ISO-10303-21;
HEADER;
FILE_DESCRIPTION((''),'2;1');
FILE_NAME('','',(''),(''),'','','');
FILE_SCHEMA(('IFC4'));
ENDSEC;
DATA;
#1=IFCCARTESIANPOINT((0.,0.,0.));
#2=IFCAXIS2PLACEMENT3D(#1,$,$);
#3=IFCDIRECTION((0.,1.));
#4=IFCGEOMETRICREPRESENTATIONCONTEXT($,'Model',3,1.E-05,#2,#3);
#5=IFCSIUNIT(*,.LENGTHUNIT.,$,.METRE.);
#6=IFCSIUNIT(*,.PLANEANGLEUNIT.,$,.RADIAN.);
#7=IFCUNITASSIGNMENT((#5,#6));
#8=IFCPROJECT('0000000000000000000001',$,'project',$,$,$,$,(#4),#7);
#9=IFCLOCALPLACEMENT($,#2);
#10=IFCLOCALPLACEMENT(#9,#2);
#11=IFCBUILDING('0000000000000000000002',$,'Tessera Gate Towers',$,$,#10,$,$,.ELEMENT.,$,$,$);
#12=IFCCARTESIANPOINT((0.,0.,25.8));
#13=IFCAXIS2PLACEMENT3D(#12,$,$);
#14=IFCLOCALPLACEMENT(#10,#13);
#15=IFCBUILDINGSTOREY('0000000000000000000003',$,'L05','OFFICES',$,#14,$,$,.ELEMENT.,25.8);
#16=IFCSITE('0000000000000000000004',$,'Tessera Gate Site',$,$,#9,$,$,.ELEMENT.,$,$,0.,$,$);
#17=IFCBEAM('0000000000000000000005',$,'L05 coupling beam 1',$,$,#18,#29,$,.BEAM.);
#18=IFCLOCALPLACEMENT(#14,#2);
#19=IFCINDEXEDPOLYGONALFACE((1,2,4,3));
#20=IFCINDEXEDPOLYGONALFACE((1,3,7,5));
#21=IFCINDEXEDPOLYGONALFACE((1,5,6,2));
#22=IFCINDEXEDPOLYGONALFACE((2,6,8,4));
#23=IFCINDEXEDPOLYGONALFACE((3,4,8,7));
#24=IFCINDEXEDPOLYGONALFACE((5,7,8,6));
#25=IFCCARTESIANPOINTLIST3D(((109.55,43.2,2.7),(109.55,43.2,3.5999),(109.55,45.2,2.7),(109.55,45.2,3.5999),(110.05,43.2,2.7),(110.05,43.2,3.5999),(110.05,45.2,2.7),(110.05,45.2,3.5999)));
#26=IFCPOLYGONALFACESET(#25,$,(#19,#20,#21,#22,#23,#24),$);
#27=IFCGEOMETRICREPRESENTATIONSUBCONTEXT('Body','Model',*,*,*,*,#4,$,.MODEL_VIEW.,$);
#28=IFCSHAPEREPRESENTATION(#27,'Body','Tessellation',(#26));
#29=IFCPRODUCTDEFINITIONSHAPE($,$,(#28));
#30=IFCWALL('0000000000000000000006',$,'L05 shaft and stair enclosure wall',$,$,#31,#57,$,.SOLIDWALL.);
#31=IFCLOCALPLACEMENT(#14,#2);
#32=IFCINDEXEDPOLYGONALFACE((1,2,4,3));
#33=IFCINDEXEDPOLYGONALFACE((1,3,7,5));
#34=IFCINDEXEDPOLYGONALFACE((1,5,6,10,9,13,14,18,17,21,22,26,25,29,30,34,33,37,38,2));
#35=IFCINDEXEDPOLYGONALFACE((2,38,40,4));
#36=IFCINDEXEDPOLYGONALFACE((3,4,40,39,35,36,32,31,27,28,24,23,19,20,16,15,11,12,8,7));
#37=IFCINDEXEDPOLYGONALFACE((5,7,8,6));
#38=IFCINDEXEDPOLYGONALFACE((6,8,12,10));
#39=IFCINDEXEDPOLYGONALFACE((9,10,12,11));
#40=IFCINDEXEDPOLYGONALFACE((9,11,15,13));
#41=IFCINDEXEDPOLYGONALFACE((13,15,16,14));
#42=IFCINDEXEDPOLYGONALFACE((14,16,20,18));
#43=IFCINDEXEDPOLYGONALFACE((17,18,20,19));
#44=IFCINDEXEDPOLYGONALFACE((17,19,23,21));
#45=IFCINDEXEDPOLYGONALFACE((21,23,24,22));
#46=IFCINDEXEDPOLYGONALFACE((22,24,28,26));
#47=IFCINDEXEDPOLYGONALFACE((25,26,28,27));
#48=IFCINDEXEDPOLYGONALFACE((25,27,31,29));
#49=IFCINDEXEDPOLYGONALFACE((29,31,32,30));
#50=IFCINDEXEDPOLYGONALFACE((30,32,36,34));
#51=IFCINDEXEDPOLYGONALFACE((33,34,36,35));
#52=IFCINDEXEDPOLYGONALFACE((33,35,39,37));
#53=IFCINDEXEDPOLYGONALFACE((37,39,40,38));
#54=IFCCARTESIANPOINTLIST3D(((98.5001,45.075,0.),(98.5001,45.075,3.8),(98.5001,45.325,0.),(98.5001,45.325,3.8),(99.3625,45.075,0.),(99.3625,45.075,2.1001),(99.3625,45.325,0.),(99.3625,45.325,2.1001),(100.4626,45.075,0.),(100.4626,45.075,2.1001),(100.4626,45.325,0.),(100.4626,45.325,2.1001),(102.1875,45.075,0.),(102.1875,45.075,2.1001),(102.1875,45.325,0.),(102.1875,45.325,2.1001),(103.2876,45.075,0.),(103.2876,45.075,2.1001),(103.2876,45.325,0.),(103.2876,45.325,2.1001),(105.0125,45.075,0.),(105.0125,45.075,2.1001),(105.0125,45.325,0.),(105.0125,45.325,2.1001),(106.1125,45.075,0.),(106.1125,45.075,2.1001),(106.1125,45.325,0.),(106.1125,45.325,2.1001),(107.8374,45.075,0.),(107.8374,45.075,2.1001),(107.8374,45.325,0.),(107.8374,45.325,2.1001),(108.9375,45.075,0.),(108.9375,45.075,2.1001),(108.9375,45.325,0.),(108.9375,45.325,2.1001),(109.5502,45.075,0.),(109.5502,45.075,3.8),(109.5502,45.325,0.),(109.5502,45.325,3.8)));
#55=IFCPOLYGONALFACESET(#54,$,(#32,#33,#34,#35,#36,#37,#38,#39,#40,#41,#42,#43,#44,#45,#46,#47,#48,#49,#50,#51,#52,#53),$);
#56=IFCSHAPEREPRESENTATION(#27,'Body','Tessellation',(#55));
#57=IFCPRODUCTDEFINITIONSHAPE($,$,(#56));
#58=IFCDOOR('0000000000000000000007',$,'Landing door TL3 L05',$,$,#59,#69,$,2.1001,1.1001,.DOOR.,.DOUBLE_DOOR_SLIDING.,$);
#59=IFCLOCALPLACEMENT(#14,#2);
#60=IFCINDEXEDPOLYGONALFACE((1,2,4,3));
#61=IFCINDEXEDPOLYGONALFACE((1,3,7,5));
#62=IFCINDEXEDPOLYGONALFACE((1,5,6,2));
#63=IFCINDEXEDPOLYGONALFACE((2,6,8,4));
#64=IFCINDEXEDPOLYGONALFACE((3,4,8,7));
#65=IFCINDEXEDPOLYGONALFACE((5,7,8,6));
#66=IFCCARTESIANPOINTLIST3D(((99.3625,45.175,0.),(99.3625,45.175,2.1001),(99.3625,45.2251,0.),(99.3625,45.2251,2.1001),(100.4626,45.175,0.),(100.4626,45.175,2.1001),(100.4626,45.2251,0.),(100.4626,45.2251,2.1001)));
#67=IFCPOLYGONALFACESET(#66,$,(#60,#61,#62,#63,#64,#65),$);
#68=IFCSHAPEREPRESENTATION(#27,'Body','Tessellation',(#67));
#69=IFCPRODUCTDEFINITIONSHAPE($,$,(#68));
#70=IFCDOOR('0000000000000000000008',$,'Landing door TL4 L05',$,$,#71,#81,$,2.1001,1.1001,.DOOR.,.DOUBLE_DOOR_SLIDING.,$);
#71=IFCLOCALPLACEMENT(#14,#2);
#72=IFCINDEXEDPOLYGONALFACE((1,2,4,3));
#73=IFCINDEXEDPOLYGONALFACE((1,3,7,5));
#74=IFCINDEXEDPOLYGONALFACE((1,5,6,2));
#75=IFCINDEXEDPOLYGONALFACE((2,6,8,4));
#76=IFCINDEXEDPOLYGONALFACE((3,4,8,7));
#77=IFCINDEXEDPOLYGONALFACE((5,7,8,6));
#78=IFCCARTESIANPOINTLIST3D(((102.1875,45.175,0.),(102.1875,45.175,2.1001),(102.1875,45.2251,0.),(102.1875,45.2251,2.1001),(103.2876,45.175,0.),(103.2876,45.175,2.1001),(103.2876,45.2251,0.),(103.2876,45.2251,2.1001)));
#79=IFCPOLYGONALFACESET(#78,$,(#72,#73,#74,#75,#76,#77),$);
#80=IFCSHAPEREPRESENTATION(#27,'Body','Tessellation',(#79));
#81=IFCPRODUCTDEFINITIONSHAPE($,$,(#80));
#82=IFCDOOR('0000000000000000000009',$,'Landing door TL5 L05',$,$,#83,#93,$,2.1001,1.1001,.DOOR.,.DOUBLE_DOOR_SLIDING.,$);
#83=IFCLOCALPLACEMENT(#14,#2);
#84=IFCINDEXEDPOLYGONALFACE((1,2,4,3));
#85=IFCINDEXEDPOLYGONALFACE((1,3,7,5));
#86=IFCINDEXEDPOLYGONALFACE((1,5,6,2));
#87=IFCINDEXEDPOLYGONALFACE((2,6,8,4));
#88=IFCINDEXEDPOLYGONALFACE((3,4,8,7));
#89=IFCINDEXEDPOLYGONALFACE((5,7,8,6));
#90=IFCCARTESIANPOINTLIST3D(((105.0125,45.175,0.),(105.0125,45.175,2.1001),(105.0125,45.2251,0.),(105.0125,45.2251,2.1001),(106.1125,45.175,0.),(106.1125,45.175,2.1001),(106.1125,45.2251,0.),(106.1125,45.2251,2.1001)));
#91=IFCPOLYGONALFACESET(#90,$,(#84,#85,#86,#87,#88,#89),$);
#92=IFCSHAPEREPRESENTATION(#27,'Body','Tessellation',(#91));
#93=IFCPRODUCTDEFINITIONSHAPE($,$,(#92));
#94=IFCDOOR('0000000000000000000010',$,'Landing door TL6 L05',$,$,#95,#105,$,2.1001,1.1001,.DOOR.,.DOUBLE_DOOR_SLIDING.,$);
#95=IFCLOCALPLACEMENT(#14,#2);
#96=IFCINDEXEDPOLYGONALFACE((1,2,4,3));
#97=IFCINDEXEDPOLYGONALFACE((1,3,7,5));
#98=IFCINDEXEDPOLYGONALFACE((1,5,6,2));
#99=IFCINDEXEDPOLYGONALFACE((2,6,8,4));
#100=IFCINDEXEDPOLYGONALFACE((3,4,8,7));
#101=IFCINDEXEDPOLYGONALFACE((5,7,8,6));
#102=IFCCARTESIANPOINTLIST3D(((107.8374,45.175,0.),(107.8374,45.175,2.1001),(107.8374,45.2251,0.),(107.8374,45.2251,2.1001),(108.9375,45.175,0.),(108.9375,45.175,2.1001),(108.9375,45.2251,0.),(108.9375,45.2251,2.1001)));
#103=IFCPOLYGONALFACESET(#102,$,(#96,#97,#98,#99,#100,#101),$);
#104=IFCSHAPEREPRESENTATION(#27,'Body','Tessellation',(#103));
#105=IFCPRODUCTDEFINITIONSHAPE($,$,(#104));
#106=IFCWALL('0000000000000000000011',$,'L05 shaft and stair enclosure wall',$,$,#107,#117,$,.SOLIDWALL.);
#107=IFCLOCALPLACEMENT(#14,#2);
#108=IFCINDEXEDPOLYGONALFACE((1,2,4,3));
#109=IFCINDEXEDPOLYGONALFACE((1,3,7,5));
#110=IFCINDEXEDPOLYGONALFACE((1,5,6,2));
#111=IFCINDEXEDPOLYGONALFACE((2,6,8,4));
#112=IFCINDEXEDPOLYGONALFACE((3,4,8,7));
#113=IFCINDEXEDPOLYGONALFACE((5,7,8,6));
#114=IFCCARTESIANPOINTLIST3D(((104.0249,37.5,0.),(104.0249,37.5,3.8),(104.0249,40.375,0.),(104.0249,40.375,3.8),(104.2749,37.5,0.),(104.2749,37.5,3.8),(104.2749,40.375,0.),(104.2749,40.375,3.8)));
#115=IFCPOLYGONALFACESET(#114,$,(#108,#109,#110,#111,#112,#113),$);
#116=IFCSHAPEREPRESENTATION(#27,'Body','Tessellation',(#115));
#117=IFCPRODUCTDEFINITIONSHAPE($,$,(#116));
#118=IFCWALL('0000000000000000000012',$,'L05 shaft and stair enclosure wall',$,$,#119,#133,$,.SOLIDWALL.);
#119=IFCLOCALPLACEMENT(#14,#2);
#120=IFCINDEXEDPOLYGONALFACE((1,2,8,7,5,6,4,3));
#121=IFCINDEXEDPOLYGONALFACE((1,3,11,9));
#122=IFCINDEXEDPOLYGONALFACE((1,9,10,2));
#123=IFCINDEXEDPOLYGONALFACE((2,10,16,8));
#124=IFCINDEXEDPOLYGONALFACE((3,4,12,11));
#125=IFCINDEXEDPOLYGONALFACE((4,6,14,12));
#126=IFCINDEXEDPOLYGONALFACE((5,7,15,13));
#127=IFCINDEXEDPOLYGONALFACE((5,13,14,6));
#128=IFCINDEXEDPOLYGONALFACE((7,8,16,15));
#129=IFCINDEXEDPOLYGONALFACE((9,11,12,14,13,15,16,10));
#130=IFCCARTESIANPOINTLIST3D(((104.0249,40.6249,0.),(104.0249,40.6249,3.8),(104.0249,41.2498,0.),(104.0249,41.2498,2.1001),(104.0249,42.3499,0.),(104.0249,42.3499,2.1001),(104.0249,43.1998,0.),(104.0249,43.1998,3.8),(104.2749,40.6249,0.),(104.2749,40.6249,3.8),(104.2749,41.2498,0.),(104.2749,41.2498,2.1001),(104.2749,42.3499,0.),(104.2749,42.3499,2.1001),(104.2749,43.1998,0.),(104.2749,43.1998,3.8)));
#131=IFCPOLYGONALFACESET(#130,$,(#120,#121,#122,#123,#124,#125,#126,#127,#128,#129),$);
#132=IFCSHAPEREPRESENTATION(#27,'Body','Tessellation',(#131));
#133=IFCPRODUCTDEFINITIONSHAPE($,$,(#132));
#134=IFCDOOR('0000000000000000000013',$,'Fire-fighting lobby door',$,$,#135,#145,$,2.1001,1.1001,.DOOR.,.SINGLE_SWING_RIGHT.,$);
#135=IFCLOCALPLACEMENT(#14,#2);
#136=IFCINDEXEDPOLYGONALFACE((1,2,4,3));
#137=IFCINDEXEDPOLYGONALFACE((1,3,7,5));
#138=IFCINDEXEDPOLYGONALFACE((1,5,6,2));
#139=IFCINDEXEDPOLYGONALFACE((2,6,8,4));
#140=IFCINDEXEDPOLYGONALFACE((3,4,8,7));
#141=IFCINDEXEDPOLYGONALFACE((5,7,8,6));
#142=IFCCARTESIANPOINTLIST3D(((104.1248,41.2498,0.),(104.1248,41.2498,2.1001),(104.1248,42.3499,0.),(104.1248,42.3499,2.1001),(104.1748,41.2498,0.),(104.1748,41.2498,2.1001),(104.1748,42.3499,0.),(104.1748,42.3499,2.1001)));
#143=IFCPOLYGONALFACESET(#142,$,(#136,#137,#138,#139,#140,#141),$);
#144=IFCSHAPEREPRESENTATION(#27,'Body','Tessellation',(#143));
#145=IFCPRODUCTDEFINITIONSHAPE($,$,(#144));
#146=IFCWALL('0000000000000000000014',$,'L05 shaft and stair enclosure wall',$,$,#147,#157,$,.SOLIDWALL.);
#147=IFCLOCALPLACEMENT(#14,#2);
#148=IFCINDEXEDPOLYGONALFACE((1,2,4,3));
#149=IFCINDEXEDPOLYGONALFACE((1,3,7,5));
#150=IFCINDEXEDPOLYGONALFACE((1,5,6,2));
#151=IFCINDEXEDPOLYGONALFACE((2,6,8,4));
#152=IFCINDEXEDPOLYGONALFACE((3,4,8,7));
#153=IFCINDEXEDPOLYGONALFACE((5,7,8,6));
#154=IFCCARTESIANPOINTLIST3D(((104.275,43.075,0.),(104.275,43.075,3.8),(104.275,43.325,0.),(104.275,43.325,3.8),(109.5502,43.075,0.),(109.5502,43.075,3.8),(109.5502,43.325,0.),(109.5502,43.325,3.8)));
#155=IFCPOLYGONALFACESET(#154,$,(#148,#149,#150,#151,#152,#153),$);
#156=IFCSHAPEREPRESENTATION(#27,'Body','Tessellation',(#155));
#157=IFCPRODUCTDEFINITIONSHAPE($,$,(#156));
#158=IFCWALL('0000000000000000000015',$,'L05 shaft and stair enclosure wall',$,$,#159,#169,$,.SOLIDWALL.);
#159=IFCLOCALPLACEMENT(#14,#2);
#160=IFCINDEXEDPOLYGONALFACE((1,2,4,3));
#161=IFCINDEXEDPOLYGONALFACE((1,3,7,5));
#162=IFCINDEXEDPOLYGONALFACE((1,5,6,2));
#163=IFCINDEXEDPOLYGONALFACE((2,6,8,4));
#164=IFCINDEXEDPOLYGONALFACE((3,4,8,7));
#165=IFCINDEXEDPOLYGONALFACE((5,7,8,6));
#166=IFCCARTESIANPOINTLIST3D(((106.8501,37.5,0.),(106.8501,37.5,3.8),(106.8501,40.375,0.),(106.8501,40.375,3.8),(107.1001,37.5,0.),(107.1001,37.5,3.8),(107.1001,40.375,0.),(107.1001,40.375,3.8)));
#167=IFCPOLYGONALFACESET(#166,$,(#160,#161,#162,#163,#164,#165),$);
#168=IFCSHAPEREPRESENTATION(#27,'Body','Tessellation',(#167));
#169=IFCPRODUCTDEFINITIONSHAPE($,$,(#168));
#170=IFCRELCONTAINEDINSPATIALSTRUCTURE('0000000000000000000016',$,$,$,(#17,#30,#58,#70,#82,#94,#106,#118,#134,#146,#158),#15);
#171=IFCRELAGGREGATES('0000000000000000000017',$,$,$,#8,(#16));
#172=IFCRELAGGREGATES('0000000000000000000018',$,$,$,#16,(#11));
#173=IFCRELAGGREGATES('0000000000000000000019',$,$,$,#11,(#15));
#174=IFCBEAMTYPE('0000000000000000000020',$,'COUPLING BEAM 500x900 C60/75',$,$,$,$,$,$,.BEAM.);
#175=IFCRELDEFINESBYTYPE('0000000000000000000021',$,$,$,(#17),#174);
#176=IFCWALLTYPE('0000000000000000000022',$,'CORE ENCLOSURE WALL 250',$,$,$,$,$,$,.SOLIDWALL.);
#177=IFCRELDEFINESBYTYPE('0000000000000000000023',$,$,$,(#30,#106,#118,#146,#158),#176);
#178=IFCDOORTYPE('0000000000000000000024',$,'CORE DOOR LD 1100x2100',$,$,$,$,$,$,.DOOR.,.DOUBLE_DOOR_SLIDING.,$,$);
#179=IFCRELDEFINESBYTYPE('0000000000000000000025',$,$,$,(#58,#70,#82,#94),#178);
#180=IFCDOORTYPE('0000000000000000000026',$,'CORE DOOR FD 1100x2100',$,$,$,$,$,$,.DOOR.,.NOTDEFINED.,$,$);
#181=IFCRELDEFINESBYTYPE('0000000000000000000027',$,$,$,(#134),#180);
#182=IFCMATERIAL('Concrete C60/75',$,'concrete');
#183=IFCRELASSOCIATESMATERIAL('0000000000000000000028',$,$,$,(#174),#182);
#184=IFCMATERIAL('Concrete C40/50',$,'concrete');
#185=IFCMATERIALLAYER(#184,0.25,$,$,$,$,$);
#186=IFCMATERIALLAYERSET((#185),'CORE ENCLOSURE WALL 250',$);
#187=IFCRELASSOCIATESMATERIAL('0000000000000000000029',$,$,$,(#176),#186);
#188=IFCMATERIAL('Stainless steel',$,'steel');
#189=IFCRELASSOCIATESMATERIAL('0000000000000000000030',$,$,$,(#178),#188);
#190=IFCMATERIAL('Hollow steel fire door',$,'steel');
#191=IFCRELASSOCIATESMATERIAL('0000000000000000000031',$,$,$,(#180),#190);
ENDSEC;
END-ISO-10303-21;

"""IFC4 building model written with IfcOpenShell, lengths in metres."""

from ifc_helpers import new_model, si_unit, direction, frame, frame_2d, origin, origin_2d, place, context, subcontext, project, spatial, rectangle, extrude, source, transform, mapped, material, layer, layer_set, material_profile, profile_set, type_object, element, fill, save


model = new_model("IFC4")

# Units and contexts
model_context = context("Model", 3, precision=1e-05, world=origin(), true_north=direction((0.0, 1.0)))
body_context = subcontext(model_context, "Body", "Model", "MODEL_VIEW")
ifc_project = project(units=[si_unit("LENGTHUNIT", "METRE"), si_unit("PLANEANGLEUNIT", "RADIAN")], contexts=[model_context])

# Site, building, storey
site_placement = place(None, origin())
site = spatial("IfcSite", under=ifc_project, at=site_placement, Name="Tessera Gate Site", CompositionType="ELEMENT", RefElevation=0.0)
building_placement = place(site_placement, origin())
building = spatial("IfcBuilding", under=site, at=building_placement, Name="Tessera Gate Towers", CompositionType="ELEMENT")
storey_placement = place(building_placement, frame((0.0, 0.0, 25.8)))
storey = spatial("IfcBuildingStorey", under=building, at=storey_placement, Name="L05", Description="OFFICES", CompositionType="ELEMENT", Elevation=25.8)

# Beam
ifc_material_1 = material(Name="Concrete C60/75", Category="concrete")
ifc_material_profile = material_profile(ifc_material_1, rectangle(XDim=0.5, YDim=0.8999, at=origin_2d()), Name="RC 500x900")
ifc_profile_set = profile_set([ifc_material_profile], Name="Concrete C60/75")
beam_type = type_object("IfcBeamType", Name="COUPLING BEAM 500x900 C60/75", PredefinedType="BEAM", material=ifc_profile_set)
beam_placement = place(storey_placement, frame((109.8, 43.2, 3.1499), z_axis=(0.0, 1.0, 0.0), x_axis=(-1.0, 0.0, 0.0)))
element("IfcBeam", 1, at=beam_placement, inside=storey, type_object=beam_type, Name="L05 coupling beam 1", PredefinedType="BEAM", context=body_context, shape_type="SweptSolid", body=[
    extrude(rectangle(XDim=0.5, YDim=0.8999, at=origin_2d()), origin(), (0.0, 0.0, 1.0), 2.0),
])

# Wall, openings, doors
ifc_material_2 = material(Name="Concrete C40/50", Category="concrete")
ifc_layer_1 = layer(ifc_material_2, 0.25)
ifc_layer_set_1 = layer_set([ifc_layer_1], Name="CORE ENCLOSURE WALL 250")
wall_type_1 = type_object("IfcWallType", Name="CORE ENCLOSURE WALL 250", PredefinedType="SOLIDWALL", material=ifc_layer_set_1)
wall_1_placement = place(storey_placement, frame((109.55, 45.2, 0.0), z_axis=(0.0, 0.0, 1.0), x_axis=(-1.0, 0.0, 0.0)))
wall_1 = element("IfcWall", 2, at=wall_1_placement, inside=storey, type_object=wall_type_1, Name="L05 shaft and stair enclosure wall", PredefinedType="SOLIDWALL", context=body_context, shape_type="SweptSolid", body=[
    extrude(rectangle(XDim=11.05, YDim=0.25, at=frame_2d((5.5249, 0.0))), origin(), (0.0, 0.0, 1.0), 3.8),
])
shared_shape_1 = source(origin(), body_context, "Body", "SweptSolid", [
    extrude(rectangle(XDim=1.1001, YDim=2.1001, at=frame_2d((0.55, 1.05))), frame((0.0, 0.135, 0.0), z_axis=(0.0, -1.0, 0.0), x_axis=(1.0, 0.0, 0.0)), (0.0, 0.0, 1.0), 0.27),
])
opening_1_placement = place(wall_1_placement, frame((9.0874, 0.0, 0.0)))
opening_1 = element("IfcOpeningElement", 3, at=opening_1_placement, cuts=wall_1, PredefinedType="OPENING", context=body_context, shape_type="MappedRepresentation", body=[
    mapped(shared_shape_1, transform((0.0, 0.0, 0.0), scale=1.0)),
])
opening_2_placement = place(wall_1_placement, frame((6.2625, 0.0, 0.0)))
opening_2 = element("IfcOpeningElement", 4, at=opening_2_placement, cuts=wall_1, PredefinedType="OPENING", context=body_context, shape_type="MappedRepresentation", body=[
    mapped(shared_shape_1, transform((0.0, 0.0, 0.0), scale=1.0)),
])
opening_3_placement = place(wall_1_placement, frame((3.4375, 0.0, 0.0)))
opening_3 = element("IfcOpeningElement", 5, at=opening_3_placement, cuts=wall_1, PredefinedType="OPENING", context=body_context, shape_type="MappedRepresentation", body=[
    mapped(shared_shape_1, transform((0.0, 0.0, 0.0), scale=1.0)),
])
opening_4_placement = place(wall_1_placement, frame((0.6125, 0.0, 0.0)))
opening_4 = element("IfcOpeningElement", 6, at=opening_4_placement, cuts=wall_1, PredefinedType="OPENING", context=body_context, shape_type="MappedRepresentation", body=[
    mapped(shared_shape_1, transform((0.0, 0.0, 0.0), scale=1.0)),
])
ifc_material_3 = material(Name="Stainless steel", Category="steel")
door_type_1 = type_object("IfcDoorType", Name="CORE DOOR LD 1100x2100", OperationType="DOUBLE_DOOR_SLIDING", PredefinedType="DOOR", material=ifc_material_3)
shared_shape_2 = source(origin(), body_context, "Body", "SweptSolid", [
    extrude(rectangle(XDim=1.1001, YDim=2.1001, at=frame_2d((0.55, 1.05))), frame((0.0, 0.0249, 0.0), z_axis=(0.0, -1.0, 0.0), x_axis=(1.0, 0.0, 0.0)), (0.0, 0.0, 1.0), 0.05),
])
door_1_placement = place(opening_1_placement, origin())
door_1 = element("IfcDoor", 7, at=door_1_placement, inside=storey, type_object=door_type_1, Name="Landing door TL3 L05", OperationType="DOUBLE_DOOR_SLIDING", OverallHeight=2.1001, OverallWidth=1.1001, PredefinedType="DOOR", context=body_context, shape_type="MappedRepresentation", body=[
    mapped(shared_shape_2, transform((0.0, 0.0, 0.0), scale=1.0)),
])
fill(opening_1, door_1)
door_2_placement = place(opening_2_placement, origin())
door_2 = element("IfcDoor", 8, at=door_2_placement, inside=storey, type_object=door_type_1, Name="Landing door TL4 L05", OperationType="DOUBLE_DOOR_SLIDING", OverallHeight=2.1001, OverallWidth=1.1001, PredefinedType="DOOR", context=body_context, shape_type="MappedRepresentation", body=[
    mapped(shared_shape_2, transform((0.0, 0.0, 0.0), scale=1.0)),
])
fill(opening_2, door_2)
door_3_placement = place(opening_3_placement, origin())
door_3 = element("IfcDoor", 9, at=door_3_placement, inside=storey, type_object=door_type_1, Name="Landing door TL5 L05", OperationType="DOUBLE_DOOR_SLIDING", OverallHeight=2.1001, OverallWidth=1.1001, PredefinedType="DOOR", context=body_context, shape_type="MappedRepresentation", body=[
    mapped(shared_shape_2, transform((0.0, 0.0, 0.0), scale=1.0)),
])
fill(opening_3, door_3)
door_4_placement = place(opening_4_placement, origin())
door_4 = element("IfcDoor", 10, at=door_4_placement, inside=storey, type_object=door_type_1, Name="Landing door TL6 L05", OperationType="DOUBLE_DOOR_SLIDING", OverallHeight=2.1001, OverallWidth=1.1001, PredefinedType="DOOR", context=body_context, shape_type="MappedRepresentation", body=[
    mapped(shared_shape_2, transform((0.0, 0.0, 0.0), scale=1.0)),
])
fill(opening_4, door_4)

# Wall
wall_2_placement = place(storey_placement, frame((104.1499, 37.5, 0.0), z_axis=(0.0, 0.0, 1.0), x_axis=(0.0, 1.0, 0.0)))
element("IfcWall", 11, at=wall_2_placement, inside=storey, type_object=wall_type_1, Name="L05 shaft and stair enclosure wall", PredefinedType="SOLIDWALL", context=body_context, shape_type="SweptSolid", body=[
    extrude(rectangle(XDim=2.875, YDim=0.25, at=frame_2d((1.4375, 0.0))), origin(), (0.0, 0.0, 1.0), 3.8),
])

# Wall, opening, door
wall_3_placement = place(storey_placement, frame((104.1499, 43.2, 0.0), z_axis=(0.0, 0.0, 1.0), x_axis=(0.0, -1.0, 0.0)))
wall_3 = element("IfcWall", 12, at=wall_3_placement, inside=storey, type_object=wall_type_1, Name="L05 shaft and stair enclosure wall", PredefinedType="SOLIDWALL", context=body_context, shape_type="SweptSolid", body=[
    extrude(rectangle(XDim=2.575, YDim=0.25, at=frame_2d((1.2876, 0.0))), origin(), (0.0, 0.0, 1.0), 3.8),
])
opening_5_placement = place(wall_3_placement, frame((0.8501, 0.0, 0.0)))
opening_5 = element("IfcOpeningElement", 13, at=opening_5_placement, cuts=wall_3, PredefinedType="OPENING", context=body_context, shape_type="MappedRepresentation", body=[
    mapped(shared_shape_1, transform((0.0, 0.0, 0.0), scale=1.0)),
])
ifc_material_4 = material(Name="Hollow steel fire door", Category="steel")
door_type_2 = type_object("IfcDoorType", Name="CORE DOOR FD 1100x2100", OperationType="NOTDEFINED", PredefinedType="DOOR", material=ifc_material_4)
door_5_placement = place(opening_5_placement, origin())
door_5 = element("IfcDoor", 14, at=door_5_placement, inside=storey, type_object=door_type_2, Name="Fire-fighting lobby door", OperationType="SINGLE_SWING_RIGHT", OverallHeight=2.1001, OverallWidth=1.1001, PredefinedType="DOOR", context=body_context, shape_type="MappedRepresentation", body=[
    mapped(shared_shape_2, transform((0.0, 0.0, 0.0), scale=1.0)),
])
fill(opening_5, door_5)

# Walls
wall_4_placement = place(storey_placement, frame((104.2749, 43.2, 0.0), z_axis=(0.0, 0.0, 1.0), x_axis=(1.0, 0.0, 0.0)))
element("IfcWall", 15, at=wall_4_placement, inside=storey, type_object=wall_type_1, Name="L05 shaft and stair enclosure wall", PredefinedType="SOLIDWALL", context=body_context, shape_type="SweptSolid", body=[
    extrude(rectangle(XDim=5.2751, YDim=0.25, at=frame_2d((2.6377, 0.0))), origin(), (0.0, 0.0, 1.0), 3.8),
])
wall_5_placement = place(storey_placement, frame((106.9751, 37.5, 0.0), z_axis=(0.0, 0.0, 1.0), x_axis=(0.0, 1.0, 0.0)))
element("IfcWall", 16, at=wall_5_placement, inside=storey, type_object=wall_type_1, Name="L05 shaft and stair enclosure wall", PredefinedType="SOLIDWALL", context=body_context, shape_type="SweptSolid", body=[
    extrude(rectangle(XDim=2.875, YDim=0.25, at=frame_2d((1.4375, 0.0))), origin(), (0.0, 0.0, 1.0), 3.8),
])

save(model, "model.ifc")
